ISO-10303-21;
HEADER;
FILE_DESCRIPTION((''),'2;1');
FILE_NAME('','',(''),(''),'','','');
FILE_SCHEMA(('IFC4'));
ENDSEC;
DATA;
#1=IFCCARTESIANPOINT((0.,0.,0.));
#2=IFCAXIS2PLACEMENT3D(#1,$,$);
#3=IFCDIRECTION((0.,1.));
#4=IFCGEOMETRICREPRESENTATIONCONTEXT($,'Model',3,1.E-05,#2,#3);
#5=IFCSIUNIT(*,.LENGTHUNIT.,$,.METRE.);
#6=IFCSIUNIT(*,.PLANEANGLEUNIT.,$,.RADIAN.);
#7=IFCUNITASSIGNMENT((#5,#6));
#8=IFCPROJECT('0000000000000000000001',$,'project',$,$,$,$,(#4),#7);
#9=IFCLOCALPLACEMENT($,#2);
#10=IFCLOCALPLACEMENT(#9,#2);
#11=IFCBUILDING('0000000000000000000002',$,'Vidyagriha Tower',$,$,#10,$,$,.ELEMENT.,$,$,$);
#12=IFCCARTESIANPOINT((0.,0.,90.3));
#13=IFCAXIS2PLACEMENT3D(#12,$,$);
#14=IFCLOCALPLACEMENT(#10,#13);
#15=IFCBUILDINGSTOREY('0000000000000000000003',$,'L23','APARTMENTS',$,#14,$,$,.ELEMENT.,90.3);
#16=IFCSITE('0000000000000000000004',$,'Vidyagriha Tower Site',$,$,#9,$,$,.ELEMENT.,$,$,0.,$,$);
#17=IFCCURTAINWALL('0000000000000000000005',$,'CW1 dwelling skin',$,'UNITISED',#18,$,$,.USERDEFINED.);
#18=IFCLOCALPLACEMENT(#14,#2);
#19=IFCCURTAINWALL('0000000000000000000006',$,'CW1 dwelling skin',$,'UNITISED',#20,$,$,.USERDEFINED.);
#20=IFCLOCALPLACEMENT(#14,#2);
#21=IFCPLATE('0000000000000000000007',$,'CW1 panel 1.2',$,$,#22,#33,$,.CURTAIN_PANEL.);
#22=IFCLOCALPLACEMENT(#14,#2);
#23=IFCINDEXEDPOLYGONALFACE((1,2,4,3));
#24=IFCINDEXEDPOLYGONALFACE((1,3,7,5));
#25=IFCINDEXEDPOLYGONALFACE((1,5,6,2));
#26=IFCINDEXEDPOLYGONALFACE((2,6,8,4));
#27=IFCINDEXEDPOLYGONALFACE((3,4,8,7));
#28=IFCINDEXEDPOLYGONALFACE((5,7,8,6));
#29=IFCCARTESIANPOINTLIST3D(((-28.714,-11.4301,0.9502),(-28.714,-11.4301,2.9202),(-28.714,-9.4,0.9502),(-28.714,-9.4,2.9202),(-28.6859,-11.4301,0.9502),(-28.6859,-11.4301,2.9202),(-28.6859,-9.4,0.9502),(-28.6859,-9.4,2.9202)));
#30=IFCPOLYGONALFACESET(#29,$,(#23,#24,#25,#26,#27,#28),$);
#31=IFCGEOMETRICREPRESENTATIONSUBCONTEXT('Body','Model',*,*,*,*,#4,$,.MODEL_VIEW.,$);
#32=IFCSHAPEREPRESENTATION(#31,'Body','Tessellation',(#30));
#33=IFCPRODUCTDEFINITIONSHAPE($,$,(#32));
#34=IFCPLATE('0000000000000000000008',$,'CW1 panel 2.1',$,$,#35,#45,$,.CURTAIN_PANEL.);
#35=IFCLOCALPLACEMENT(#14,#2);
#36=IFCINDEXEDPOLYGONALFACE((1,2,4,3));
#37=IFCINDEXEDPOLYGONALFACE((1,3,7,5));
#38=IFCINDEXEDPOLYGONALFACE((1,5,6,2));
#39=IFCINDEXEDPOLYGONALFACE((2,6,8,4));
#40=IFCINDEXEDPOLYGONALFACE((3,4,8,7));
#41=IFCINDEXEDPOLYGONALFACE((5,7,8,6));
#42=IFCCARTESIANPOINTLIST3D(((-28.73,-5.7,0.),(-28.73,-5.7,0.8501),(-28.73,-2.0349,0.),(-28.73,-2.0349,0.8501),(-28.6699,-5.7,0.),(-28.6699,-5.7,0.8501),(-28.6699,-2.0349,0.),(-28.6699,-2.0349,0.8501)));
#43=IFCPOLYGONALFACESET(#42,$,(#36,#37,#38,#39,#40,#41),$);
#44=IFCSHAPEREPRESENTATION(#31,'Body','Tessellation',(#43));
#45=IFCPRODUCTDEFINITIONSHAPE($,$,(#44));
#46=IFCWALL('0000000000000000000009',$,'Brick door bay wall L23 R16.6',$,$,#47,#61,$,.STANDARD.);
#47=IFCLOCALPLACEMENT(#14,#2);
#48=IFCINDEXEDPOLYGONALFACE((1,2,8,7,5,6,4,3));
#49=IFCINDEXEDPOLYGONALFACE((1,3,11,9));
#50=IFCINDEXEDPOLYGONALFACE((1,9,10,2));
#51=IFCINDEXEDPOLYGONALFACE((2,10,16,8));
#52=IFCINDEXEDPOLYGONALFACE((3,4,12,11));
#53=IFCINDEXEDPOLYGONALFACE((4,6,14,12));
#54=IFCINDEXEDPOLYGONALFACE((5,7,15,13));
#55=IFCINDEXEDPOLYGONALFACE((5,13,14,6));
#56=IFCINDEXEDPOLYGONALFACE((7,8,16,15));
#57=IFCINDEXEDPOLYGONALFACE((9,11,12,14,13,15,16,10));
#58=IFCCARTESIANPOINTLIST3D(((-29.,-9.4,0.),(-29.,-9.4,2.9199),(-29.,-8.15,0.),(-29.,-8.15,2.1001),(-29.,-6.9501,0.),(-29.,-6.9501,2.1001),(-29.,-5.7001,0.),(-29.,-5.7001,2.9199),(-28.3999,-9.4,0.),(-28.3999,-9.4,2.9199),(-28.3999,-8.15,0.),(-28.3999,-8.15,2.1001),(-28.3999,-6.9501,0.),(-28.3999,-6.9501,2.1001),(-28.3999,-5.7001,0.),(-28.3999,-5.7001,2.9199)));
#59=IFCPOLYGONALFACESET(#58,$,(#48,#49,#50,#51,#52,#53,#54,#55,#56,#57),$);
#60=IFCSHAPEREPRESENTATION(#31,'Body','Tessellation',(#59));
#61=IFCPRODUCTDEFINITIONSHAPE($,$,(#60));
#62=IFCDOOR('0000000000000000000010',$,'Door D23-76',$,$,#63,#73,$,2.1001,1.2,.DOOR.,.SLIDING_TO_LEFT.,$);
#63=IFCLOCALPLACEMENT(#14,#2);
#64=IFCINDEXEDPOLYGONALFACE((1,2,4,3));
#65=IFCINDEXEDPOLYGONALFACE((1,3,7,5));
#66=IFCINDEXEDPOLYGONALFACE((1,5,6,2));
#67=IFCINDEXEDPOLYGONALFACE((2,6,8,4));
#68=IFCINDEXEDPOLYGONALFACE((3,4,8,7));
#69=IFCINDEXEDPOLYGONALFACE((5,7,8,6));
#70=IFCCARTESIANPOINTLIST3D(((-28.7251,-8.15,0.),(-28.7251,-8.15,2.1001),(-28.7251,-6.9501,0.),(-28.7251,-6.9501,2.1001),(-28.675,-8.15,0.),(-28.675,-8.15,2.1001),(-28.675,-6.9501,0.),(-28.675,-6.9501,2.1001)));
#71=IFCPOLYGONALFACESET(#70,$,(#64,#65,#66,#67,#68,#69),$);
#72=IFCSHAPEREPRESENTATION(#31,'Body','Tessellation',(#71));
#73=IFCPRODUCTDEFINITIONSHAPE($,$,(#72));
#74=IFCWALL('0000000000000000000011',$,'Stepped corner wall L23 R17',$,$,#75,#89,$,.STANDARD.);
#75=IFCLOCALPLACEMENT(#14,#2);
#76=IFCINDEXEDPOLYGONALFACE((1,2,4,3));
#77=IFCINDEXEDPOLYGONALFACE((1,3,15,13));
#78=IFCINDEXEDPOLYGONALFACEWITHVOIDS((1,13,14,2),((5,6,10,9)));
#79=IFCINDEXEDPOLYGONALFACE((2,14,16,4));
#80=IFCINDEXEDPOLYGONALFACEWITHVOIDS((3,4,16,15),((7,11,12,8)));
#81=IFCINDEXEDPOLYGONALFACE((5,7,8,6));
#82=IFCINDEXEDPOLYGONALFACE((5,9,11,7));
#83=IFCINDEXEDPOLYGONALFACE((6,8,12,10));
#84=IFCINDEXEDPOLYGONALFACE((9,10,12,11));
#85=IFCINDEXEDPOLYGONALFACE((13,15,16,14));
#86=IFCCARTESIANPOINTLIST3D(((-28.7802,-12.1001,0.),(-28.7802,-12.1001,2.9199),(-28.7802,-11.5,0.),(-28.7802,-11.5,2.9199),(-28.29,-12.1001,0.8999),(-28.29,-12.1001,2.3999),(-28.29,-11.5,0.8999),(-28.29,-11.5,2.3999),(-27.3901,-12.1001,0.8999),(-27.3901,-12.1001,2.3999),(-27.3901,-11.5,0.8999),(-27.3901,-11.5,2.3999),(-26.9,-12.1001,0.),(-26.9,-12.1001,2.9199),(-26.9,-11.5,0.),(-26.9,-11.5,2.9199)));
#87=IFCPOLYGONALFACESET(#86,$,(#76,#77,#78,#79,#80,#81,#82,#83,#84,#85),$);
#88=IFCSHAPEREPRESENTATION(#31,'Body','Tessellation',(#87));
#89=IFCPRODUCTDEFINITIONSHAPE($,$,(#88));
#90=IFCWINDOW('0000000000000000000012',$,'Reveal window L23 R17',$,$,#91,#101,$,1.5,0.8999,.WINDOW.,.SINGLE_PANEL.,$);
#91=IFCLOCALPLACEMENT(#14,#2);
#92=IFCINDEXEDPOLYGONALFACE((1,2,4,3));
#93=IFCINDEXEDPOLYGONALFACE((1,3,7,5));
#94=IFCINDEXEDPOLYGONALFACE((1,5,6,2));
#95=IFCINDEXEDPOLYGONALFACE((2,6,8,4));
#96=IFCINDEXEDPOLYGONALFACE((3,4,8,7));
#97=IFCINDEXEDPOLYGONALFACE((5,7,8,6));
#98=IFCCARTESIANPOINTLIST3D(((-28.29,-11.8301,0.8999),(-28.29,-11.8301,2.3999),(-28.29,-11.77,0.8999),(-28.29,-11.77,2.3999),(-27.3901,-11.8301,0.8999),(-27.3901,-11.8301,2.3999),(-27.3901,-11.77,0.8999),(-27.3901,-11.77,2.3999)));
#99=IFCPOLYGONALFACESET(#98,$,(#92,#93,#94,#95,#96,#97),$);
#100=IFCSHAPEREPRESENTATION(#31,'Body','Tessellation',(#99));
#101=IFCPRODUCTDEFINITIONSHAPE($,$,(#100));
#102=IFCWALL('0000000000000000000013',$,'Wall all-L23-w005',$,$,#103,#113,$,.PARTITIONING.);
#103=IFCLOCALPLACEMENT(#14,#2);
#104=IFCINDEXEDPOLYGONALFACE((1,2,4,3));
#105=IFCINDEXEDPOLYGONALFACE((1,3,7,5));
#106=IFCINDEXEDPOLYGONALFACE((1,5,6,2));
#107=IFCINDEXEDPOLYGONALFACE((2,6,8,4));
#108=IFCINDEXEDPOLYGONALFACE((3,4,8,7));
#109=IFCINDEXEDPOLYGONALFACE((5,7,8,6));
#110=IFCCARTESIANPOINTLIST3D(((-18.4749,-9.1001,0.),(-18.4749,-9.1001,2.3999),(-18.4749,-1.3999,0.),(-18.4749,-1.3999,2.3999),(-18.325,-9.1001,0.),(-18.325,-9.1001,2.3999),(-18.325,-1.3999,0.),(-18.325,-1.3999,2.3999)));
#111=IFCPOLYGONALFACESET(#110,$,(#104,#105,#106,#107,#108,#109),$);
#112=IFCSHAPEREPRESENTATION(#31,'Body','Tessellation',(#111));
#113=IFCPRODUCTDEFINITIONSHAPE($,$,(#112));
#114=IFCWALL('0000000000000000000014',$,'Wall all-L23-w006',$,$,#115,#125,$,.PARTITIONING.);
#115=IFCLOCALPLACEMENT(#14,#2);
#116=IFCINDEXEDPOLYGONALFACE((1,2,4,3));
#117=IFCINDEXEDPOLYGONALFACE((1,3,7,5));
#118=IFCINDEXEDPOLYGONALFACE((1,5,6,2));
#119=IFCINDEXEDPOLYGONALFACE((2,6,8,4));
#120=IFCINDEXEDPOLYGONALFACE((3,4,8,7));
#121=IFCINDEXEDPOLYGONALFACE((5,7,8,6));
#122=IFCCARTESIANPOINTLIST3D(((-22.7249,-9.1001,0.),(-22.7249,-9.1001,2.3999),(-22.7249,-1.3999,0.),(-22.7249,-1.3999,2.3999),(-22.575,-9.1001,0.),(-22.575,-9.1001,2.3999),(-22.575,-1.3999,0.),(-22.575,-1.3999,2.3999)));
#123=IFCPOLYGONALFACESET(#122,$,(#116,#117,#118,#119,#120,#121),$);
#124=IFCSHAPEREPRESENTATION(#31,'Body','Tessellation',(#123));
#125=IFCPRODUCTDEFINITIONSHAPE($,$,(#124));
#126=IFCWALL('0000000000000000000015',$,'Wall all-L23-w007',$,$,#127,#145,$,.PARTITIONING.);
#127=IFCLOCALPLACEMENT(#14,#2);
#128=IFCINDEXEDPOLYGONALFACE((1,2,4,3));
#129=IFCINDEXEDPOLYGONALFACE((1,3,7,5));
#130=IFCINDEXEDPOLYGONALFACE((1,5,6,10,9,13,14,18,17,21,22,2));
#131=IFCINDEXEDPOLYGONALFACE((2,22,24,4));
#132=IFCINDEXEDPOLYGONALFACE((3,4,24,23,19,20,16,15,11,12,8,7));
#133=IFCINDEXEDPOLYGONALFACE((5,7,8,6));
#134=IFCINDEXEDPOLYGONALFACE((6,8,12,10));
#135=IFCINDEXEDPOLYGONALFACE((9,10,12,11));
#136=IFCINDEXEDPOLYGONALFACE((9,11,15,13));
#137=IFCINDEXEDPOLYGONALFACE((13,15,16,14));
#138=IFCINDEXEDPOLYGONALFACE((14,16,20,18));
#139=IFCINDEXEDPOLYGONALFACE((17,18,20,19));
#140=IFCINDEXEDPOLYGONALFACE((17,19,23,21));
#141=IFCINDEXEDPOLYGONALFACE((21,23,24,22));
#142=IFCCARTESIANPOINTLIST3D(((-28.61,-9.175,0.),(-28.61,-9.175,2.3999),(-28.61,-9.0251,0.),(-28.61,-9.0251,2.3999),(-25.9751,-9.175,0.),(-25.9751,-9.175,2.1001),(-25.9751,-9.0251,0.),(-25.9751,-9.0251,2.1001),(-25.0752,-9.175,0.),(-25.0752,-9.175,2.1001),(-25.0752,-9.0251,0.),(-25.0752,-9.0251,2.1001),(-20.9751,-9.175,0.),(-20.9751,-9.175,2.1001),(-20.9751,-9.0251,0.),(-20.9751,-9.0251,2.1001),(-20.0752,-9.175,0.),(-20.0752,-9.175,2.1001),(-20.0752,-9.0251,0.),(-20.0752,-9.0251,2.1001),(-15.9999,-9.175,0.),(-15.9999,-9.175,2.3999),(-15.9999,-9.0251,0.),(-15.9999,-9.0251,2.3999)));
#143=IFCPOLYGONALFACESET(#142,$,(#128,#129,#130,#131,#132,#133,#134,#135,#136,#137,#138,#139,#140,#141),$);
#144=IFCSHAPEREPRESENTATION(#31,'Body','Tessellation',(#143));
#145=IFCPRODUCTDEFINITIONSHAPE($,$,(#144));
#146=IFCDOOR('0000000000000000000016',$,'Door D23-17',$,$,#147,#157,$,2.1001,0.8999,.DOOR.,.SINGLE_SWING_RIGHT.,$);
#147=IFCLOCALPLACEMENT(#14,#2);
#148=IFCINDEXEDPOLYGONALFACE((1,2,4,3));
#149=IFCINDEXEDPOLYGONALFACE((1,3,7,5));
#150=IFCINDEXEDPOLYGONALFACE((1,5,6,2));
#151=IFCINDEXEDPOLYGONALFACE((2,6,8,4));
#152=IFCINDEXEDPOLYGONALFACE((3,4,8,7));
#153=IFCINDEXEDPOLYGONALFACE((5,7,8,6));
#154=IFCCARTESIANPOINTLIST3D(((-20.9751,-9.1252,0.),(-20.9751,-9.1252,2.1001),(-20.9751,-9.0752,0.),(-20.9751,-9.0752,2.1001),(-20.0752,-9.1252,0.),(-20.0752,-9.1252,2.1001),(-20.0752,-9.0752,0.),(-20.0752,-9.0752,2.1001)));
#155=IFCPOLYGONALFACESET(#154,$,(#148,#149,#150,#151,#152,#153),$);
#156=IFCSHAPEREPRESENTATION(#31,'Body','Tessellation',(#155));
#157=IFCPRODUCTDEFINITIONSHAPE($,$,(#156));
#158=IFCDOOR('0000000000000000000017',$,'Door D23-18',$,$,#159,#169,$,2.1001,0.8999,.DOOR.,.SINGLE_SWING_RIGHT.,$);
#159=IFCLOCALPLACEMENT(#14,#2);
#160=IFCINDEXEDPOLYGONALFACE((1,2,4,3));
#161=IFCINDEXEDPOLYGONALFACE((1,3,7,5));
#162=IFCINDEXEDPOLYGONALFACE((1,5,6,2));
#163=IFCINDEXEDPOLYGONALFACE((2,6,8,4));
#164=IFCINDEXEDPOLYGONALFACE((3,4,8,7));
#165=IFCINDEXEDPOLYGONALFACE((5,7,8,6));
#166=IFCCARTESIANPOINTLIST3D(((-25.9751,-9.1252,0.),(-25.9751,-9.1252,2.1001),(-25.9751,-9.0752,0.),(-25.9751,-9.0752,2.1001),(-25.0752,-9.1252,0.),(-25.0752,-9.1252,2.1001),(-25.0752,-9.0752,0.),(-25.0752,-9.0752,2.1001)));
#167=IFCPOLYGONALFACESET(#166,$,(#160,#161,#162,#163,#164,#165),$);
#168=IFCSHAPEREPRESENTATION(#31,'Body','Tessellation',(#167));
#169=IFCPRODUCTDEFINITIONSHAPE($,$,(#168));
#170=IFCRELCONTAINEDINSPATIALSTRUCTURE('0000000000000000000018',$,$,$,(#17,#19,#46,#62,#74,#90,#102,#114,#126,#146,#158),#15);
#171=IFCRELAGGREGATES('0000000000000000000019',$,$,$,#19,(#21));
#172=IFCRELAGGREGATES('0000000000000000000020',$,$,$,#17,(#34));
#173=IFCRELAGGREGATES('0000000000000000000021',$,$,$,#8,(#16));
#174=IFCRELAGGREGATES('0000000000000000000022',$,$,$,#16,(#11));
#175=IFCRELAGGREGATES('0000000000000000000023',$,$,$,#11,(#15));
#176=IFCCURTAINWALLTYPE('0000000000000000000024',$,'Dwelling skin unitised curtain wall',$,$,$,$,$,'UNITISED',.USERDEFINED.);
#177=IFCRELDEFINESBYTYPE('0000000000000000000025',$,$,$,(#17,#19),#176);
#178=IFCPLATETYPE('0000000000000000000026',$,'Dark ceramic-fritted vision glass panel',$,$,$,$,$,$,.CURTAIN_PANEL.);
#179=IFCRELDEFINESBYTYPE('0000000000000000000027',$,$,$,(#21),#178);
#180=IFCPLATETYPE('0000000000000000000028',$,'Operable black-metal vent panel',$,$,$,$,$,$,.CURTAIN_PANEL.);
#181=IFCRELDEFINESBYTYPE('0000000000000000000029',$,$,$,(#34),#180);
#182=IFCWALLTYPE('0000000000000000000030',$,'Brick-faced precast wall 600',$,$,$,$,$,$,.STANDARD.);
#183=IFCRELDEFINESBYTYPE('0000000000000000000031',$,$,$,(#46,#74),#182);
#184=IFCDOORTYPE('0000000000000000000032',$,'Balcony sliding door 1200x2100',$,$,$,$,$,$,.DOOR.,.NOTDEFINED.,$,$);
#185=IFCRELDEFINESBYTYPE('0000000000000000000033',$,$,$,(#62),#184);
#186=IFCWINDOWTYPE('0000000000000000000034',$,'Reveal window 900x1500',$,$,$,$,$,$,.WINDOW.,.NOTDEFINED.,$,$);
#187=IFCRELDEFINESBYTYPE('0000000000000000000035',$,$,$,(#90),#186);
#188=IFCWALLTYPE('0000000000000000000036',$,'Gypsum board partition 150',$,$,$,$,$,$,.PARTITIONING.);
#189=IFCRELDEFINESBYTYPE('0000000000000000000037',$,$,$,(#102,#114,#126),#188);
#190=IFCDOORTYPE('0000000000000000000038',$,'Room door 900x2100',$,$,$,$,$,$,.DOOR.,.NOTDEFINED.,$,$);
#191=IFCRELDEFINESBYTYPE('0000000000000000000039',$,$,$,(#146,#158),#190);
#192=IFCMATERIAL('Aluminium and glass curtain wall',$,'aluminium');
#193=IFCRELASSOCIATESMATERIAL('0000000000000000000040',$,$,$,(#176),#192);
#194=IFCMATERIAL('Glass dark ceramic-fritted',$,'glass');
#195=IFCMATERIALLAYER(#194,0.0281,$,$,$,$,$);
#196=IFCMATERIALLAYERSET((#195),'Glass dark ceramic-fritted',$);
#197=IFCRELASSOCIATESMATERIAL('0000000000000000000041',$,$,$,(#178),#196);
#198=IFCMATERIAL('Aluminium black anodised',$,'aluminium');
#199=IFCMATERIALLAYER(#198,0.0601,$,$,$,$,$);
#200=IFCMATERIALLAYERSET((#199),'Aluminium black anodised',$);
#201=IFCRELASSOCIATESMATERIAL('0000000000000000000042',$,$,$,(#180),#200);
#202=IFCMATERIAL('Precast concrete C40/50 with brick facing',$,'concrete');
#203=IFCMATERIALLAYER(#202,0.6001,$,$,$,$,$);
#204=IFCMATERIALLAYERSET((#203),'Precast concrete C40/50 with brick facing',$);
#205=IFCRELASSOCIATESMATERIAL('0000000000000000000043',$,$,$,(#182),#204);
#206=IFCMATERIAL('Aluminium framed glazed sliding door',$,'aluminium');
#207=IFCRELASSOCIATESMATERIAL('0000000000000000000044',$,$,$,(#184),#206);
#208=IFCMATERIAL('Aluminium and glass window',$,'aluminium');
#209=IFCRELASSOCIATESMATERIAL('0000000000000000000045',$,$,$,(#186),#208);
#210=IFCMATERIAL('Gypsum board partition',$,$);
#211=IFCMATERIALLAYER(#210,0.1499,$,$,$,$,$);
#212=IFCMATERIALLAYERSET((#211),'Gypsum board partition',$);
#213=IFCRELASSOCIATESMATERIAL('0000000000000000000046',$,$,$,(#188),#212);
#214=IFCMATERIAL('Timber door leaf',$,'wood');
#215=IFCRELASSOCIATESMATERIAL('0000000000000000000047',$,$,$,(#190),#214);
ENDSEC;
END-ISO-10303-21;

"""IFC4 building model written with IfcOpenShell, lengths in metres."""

from ifc_helpers import new_model, si_unit, direction, frame, frame_2d, origin, origin_2d, place, context, subcontext, project, spatial, rectangle, extrude, material, layer, layer_set, type_object, element, fill, aggregate, save


model = new_model("IFC4")

# Units and contexts
model_context = context("Model", 3, precision=1e-05, world=origin(), true_north=direction((0.0, 1.0)))
body_context = subcontext(model_context, "Body", "Model", "MODEL_VIEW")
ifc_project = project(units=[si_unit("LENGTHUNIT", "METRE"), si_unit("PLANEANGLEUNIT", "RADIAN")], contexts=[model_context])

# Site, building, storey
site_placement = place(None, origin())
site = spatial("IfcSite", under=ifc_project, at=site_placement, Name="Vidyagriha Tower Site", CompositionType="ELEMENT", RefElevation=0.0)
building_placement = place(site_placement, origin())
building = spatial("IfcBuilding", under=site, at=building_placement, Name="Vidyagriha Tower", CompositionType="ELEMENT")
storey_placement = place(building_placement, frame((0.0, 0.0, 90.3)))
storey = spatial("IfcBuildingStorey", under=building, at=storey_placement, Name="L23", Description="APARTMENTS", CompositionType="ELEMENT", Elevation=90.3)

# Curtain walls
ifc_material_1 = material(Name="Aluminium and glass curtain wall", Category="aluminium")
curtain_wall_type = type_object("IfcCurtainWallType", Name="Dwelling skin unitised curtain wall", ElementType="UNITISED", PredefinedType="USERDEFINED", material=ifc_material_1)
curtain_wall_1_placement = place(storey_placement, origin())
curtain_wall_1 = element("IfcCurtainWall", 1, at=curtain_wall_1_placement, inside=storey, type_object=curtain_wall_type, Name="CW1 dwelling skin", ObjectType="UNITISED", PredefinedType="USERDEFINED")
curtain_wall_2_placement = place(storey_placement, origin())
curtain_wall_2 = element("IfcCurtainWall", 2, at=curtain_wall_2_placement, inside=storey, type_object=curtain_wall_type, Name="CW1 dwelling skin", ObjectType="UNITISED", PredefinedType="USERDEFINED")

# Plates
ifc_material_2 = material(Name="Glass dark ceramic-fritted", Category="glass")
ifc_layer_1 = layer(ifc_material_2, 0.0281)
ifc_layer_set_1 = layer_set([ifc_layer_1], Name="Glass dark ceramic-fritted")
plate_type_1 = type_object("IfcPlateType", Name="Dark ceramic-fritted vision glass panel", PredefinedType="CURTAIN_PANEL", material=ifc_layer_set_1)
plate_1_placement = place(storey_placement, frame((-28.7, -10.415, 0.9502), z_axis=(0.0, 0.0, 1.0), x_axis=(0.0, -1.0, 0.0)))
plate_1 = element("IfcPlate", 3, at=plate_1_placement, type_object=plate_type_1, Name="CW1 panel 1.2", PredefinedType="CURTAIN_PANEL", context=body_context, shape_type="SweptSolid", body=[
    extrude(rectangle(XDim=2.03, YDim=0.0281, at=origin_2d()), origin(), (0.0, 0.0, 1.0), 1.97),
])
aggregate(curtain_wall_2, [plate_1])
ifc_material_3 = material(Name="Aluminium black anodised", Category="aluminium")
ifc_layer_2 = layer(ifc_material_3, 0.0601)
ifc_layer_set_2 = layer_set([ifc_layer_2], Name="Aluminium black anodised")
plate_type_2 = type_object("IfcPlateType", Name="Operable black-metal vent panel", PredefinedType="CURTAIN_PANEL", material=ifc_layer_set_2)
plate_2_placement = place(storey_placement, frame((-28.7, -3.8674, 0.0), z_axis=(0.0, 0.0, 1.0), x_axis=(0.0, -1.0, 0.0)))
plate_2 = element("IfcPlate", 4, at=plate_2_placement, type_object=plate_type_2, Name="CW1 panel 2.1", PredefinedType="CURTAIN_PANEL", context=body_context, shape_type="SweptSolid", body=[
    extrude(rectangle(XDim=3.665, YDim=0.0601, at=origin_2d()), origin(), (0.0, 0.0, 1.0), 0.8501),
])
aggregate(curtain_wall_1, [plate_2])

# Wall, opening, door
ifc_material_4 = material(Name="Precast concrete C40/50 with brick facing", Category="concrete")
ifc_layer_3 = layer(ifc_material_4, 0.6001)
ifc_layer_set_3 = layer_set([ifc_layer_3], Name="Precast concrete C40/50 with brick facing")
wall_type_1 = type_object("IfcWallType", Name="Brick-faced precast wall 600", PredefinedType="STANDARD", material=ifc_layer_set_3)
wall_1_placement = place(storey_placement, frame((-28.7, -5.7, 0.0), z_axis=(0.0, 0.0, 1.0), x_axis=(0.0, -1.0, 0.0)))
wall_1 = element("IfcWall", 5, at=wall_1_placement, inside=storey, type_object=wall_type_1, Name="Brick door bay wall L23 R16.6", PredefinedType="STANDARD", context=body_context, shape_type="SweptSolid", body=[
    extrude(rectangle(XDim=3.7, YDim=0.6001, at=frame_2d((1.8501, 0.0))), origin(), (0.0, 0.0, 1.0), 2.9199),
])
opening_1_placement = place(wall_1_placement, frame((1.25, 0.0, 0.0)))
opening_1 = element("IfcOpeningElement", 6, at=opening_1_placement, cuts=wall_1, PredefinedType="OPENING", context=body_context, shape_type="SweptSolid", body=[
    extrude(rectangle(XDim=1.2, YDim=2.1001, at=frame_2d((0.6001, 1.05))), frame((0.0, 0.3101, 0.0), z_axis=(0.0, -1.0, 0.0), x_axis=(1.0, 0.0, 0.0)), (0.0, 0.0, 1.0), 0.6201),
])
ifc_material_5 = material(Name="Aluminium framed glazed sliding door", Category="aluminium")
door_type_1 = type_object("IfcDoorType", Name="Balcony sliding door 1200x2100", OperationType="NOTDEFINED", PredefinedType="DOOR", material=ifc_material_5)
door_1_placement = place(opening_1_placement, origin())
door_1 = element("IfcDoor", 7, at=door_1_placement, inside=storey, type_object=door_type_1, Name="Door D23-76", OperationType="SLIDING_TO_LEFT", OverallHeight=2.1001, OverallWidth=1.2, PredefinedType="DOOR", context=body_context, shape_type="SweptSolid", body=[
    extrude(rectangle(XDim=1.2, YDim=2.1001, at=frame_2d((0.6001, 1.05))), frame((0.0, 0.0249, 0.0), z_axis=(0.0, -1.0, 0.0), x_axis=(1.0, 0.0, 0.0)), (0.0, 0.0, 1.0), 0.05),
])
fill(opening_1, door_1)

# Wall, opening, window
wall_2_placement = place(storey_placement, frame((-28.78, -11.8, 0.0)))
wall_2 = element("IfcWall", 8, at=wall_2_placement, inside=storey, type_object=wall_type_1, Name="Stepped corner wall L23 R17", PredefinedType="STANDARD", context=body_context, shape_type="SweptSolid", body=[
    extrude(rectangle(XDim=1.8801, YDim=0.6001, at=frame_2d((0.9399, 0.0))), origin(), (0.0, 0.0, 1.0), 2.9199),
])
opening_2_placement = place(wall_2_placement, frame((0.49, 0.0, 0.8999)))
opening_2 = element("IfcOpeningElement", 9, at=opening_2_placement, cuts=wall_2, PredefinedType="OPENING", context=body_context, shape_type="SweptSolid", body=[
    extrude(rectangle(XDim=0.8999, YDim=1.5, at=frame_2d((0.45, 0.75))), frame((0.0, 0.3101, 0.0), z_axis=(0.0, -1.0, 0.0), x_axis=(1.0, 0.0, 0.0)), (0.0, 0.0, 1.0), 0.6201),
])
ifc_material_6 = material(Name="Aluminium and glass window", Category="aluminium")
window_type = type_object("IfcWindowType", Name="Reveal window 900x1500", PartitioningType="NOTDEFINED", PredefinedType="WINDOW", material=ifc_material_6)
window_placement = place(opening_2_placement, origin())
window = element("IfcWindow", 10, at=window_placement, inside=storey, type_object=window_type, Name="Reveal window L23 R17", OverallHeight=1.5, OverallWidth=0.8999, PartitioningType="SINGLE_PANEL", PredefinedType="WINDOW", context=body_context, shape_type="SweptSolid", body=[
    extrude(rectangle(XDim=0.8999, YDim=1.5, at=frame_2d((0.45, 0.75))), frame((0.0, 0.03, 0.0), z_axis=(0.0, -1.0, 0.0), x_axis=(1.0, 0.0, 0.0)), (0.0, 0.0, 1.0), 0.0601),
])
fill(opening_2, window)

# Walls
ifc_material_7 = material(Name="Gypsum board partition")
ifc_layer_4 = layer(ifc_material_7, 0.1499)
ifc_layer_set_4 = layer_set([ifc_layer_4], Name="Gypsum board partition")
wall_type_2 = type_object("IfcWallType", Name="Gypsum board partition 150", PredefinedType="PARTITIONING", material=ifc_layer_set_4)
for number, where, z_axis, x_axis, name in (
    (11, (-18.3999, -9.1001, 0.0), (0.0, 0.0, 1.0), (0.0, 1.0, 0.0), "Wall all-L23-w005"),
    (12, (-22.6499, -9.1001, 0.0), (0.0, 0.0, 1.0), (0.0, 1.0, 0.0), "Wall all-L23-w006"),
):
    element("IfcWall", number, at=place(storey_placement, frame(where, z_axis=z_axis, x_axis=x_axis)), inside=storey, type_object=wall_type_2, Name=name, PredefinedType="PARTITIONING", context=body_context, shape_type="SweptSolid", body=[
        extrude(rectangle(XDim=7.7002, YDim=0.1499, at=frame_2d((3.8501, 0.0))), origin(), (0.0, 0.0, 1.0), 2.3999),
    ])

# Wall, openings, doors
wall_3_placement = place(storey_placement, frame((-28.6101, -9.1001, 0.0)))
wall_3 = element("IfcWall", 13, at=wall_3_placement, inside=storey, type_object=wall_type_2, Name="Wall all-L23-w007", PredefinedType="PARTITIONING", context=body_context, shape_type="SweptSolid", body=[
    extrude(rectangle(XDim=12.6101, YDim=0.1499, at=frame_2d((6.3052, 0.0))), origin(), (0.0, 0.0, 1.0), 2.3999),
])
opening_3_placement = place(wall_3_placement, frame((7.635, 0.0, 0.0)))
opening_3 = element("IfcOpeningElement", 14, at=opening_3_placement, cuts=wall_3, PredefinedType="OPENING", context=body_context, shape_type="SweptSolid", body=[
    extrude(rectangle(XDim=0.8999, YDim=2.1001, at=frame_2d((0.45, 1.05))), frame((0.0, 0.085, 0.0), z_axis=(0.0, -1.0, 0.0), x_axis=(1.0, 0.0, 0.0)), (0.0, 0.0, 1.0), 0.1699),
])
opening_4_placement = place(wall_3_placement, frame((2.635, 0.0, 0.0)))
opening_4 = element("IfcOpeningElement", 15, at=opening_4_placement, cuts=wall_3, PredefinedType="OPENING", context=body_context, shape_type="SweptSolid", body=[
    extrude(rectangle(XDim=0.8999, YDim=2.1001, at=frame_2d((0.45, 1.05))), frame((0.0, 0.085, 0.0), z_axis=(0.0, -1.0, 0.0), x_axis=(1.0, 0.0, 0.0)), (0.0, 0.0, 1.0), 0.1699),
])
ifc_material_8 = material(Name="Timber door leaf", Category="wood")
door_type_2 = type_object("IfcDoorType", Name="Room door 900x2100", OperationType="NOTDEFINED", PredefinedType="DOOR", material=ifc_material_8)
door_2_placement = place(opening_3_placement, origin())
door_2 = element("IfcDoor", 16, at=door_2_placement, inside=storey, type_object=door_type_2, Name="Door D23-17", OperationType="SINGLE_SWING_RIGHT", OverallHeight=2.1001, OverallWidth=0.8999, PredefinedType="DOOR", context=body_context, shape_type="SweptSolid", body=[
    extrude(rectangle(XDim=0.8999, YDim=2.1001, at=frame_2d((0.45, 1.05))), frame((0.0, 0.0249, 0.0), z_axis=(0.0, -1.0, 0.0), x_axis=(1.0, 0.0, 0.0)), (0.0, 0.0, 1.0), 0.05),
])
fill(opening_3, door_2)
door_3_placement = place(opening_4_placement, origin())
door_3 = element("IfcDoor", 17, at=door_3_placement, inside=storey, type_object=door_type_2, Name="Door D23-18", OperationType="SINGLE_SWING_RIGHT", OverallHeight=2.1001, OverallWidth=0.8999, PredefinedType="DOOR", context=body_context, shape_type="SweptSolid", body=[
    extrude(rectangle(XDim=0.8999, YDim=2.1001, at=frame_2d((0.45, 1.05))), frame((0.0, 0.0249, 0.0), z_axis=(0.0, -1.0, 0.0), x_axis=(1.0, 0.0, 0.0)), (0.0, 0.0, 1.0), 0.05),
])
fill(opening_4, door_3)

save(model, "model.ifc")
